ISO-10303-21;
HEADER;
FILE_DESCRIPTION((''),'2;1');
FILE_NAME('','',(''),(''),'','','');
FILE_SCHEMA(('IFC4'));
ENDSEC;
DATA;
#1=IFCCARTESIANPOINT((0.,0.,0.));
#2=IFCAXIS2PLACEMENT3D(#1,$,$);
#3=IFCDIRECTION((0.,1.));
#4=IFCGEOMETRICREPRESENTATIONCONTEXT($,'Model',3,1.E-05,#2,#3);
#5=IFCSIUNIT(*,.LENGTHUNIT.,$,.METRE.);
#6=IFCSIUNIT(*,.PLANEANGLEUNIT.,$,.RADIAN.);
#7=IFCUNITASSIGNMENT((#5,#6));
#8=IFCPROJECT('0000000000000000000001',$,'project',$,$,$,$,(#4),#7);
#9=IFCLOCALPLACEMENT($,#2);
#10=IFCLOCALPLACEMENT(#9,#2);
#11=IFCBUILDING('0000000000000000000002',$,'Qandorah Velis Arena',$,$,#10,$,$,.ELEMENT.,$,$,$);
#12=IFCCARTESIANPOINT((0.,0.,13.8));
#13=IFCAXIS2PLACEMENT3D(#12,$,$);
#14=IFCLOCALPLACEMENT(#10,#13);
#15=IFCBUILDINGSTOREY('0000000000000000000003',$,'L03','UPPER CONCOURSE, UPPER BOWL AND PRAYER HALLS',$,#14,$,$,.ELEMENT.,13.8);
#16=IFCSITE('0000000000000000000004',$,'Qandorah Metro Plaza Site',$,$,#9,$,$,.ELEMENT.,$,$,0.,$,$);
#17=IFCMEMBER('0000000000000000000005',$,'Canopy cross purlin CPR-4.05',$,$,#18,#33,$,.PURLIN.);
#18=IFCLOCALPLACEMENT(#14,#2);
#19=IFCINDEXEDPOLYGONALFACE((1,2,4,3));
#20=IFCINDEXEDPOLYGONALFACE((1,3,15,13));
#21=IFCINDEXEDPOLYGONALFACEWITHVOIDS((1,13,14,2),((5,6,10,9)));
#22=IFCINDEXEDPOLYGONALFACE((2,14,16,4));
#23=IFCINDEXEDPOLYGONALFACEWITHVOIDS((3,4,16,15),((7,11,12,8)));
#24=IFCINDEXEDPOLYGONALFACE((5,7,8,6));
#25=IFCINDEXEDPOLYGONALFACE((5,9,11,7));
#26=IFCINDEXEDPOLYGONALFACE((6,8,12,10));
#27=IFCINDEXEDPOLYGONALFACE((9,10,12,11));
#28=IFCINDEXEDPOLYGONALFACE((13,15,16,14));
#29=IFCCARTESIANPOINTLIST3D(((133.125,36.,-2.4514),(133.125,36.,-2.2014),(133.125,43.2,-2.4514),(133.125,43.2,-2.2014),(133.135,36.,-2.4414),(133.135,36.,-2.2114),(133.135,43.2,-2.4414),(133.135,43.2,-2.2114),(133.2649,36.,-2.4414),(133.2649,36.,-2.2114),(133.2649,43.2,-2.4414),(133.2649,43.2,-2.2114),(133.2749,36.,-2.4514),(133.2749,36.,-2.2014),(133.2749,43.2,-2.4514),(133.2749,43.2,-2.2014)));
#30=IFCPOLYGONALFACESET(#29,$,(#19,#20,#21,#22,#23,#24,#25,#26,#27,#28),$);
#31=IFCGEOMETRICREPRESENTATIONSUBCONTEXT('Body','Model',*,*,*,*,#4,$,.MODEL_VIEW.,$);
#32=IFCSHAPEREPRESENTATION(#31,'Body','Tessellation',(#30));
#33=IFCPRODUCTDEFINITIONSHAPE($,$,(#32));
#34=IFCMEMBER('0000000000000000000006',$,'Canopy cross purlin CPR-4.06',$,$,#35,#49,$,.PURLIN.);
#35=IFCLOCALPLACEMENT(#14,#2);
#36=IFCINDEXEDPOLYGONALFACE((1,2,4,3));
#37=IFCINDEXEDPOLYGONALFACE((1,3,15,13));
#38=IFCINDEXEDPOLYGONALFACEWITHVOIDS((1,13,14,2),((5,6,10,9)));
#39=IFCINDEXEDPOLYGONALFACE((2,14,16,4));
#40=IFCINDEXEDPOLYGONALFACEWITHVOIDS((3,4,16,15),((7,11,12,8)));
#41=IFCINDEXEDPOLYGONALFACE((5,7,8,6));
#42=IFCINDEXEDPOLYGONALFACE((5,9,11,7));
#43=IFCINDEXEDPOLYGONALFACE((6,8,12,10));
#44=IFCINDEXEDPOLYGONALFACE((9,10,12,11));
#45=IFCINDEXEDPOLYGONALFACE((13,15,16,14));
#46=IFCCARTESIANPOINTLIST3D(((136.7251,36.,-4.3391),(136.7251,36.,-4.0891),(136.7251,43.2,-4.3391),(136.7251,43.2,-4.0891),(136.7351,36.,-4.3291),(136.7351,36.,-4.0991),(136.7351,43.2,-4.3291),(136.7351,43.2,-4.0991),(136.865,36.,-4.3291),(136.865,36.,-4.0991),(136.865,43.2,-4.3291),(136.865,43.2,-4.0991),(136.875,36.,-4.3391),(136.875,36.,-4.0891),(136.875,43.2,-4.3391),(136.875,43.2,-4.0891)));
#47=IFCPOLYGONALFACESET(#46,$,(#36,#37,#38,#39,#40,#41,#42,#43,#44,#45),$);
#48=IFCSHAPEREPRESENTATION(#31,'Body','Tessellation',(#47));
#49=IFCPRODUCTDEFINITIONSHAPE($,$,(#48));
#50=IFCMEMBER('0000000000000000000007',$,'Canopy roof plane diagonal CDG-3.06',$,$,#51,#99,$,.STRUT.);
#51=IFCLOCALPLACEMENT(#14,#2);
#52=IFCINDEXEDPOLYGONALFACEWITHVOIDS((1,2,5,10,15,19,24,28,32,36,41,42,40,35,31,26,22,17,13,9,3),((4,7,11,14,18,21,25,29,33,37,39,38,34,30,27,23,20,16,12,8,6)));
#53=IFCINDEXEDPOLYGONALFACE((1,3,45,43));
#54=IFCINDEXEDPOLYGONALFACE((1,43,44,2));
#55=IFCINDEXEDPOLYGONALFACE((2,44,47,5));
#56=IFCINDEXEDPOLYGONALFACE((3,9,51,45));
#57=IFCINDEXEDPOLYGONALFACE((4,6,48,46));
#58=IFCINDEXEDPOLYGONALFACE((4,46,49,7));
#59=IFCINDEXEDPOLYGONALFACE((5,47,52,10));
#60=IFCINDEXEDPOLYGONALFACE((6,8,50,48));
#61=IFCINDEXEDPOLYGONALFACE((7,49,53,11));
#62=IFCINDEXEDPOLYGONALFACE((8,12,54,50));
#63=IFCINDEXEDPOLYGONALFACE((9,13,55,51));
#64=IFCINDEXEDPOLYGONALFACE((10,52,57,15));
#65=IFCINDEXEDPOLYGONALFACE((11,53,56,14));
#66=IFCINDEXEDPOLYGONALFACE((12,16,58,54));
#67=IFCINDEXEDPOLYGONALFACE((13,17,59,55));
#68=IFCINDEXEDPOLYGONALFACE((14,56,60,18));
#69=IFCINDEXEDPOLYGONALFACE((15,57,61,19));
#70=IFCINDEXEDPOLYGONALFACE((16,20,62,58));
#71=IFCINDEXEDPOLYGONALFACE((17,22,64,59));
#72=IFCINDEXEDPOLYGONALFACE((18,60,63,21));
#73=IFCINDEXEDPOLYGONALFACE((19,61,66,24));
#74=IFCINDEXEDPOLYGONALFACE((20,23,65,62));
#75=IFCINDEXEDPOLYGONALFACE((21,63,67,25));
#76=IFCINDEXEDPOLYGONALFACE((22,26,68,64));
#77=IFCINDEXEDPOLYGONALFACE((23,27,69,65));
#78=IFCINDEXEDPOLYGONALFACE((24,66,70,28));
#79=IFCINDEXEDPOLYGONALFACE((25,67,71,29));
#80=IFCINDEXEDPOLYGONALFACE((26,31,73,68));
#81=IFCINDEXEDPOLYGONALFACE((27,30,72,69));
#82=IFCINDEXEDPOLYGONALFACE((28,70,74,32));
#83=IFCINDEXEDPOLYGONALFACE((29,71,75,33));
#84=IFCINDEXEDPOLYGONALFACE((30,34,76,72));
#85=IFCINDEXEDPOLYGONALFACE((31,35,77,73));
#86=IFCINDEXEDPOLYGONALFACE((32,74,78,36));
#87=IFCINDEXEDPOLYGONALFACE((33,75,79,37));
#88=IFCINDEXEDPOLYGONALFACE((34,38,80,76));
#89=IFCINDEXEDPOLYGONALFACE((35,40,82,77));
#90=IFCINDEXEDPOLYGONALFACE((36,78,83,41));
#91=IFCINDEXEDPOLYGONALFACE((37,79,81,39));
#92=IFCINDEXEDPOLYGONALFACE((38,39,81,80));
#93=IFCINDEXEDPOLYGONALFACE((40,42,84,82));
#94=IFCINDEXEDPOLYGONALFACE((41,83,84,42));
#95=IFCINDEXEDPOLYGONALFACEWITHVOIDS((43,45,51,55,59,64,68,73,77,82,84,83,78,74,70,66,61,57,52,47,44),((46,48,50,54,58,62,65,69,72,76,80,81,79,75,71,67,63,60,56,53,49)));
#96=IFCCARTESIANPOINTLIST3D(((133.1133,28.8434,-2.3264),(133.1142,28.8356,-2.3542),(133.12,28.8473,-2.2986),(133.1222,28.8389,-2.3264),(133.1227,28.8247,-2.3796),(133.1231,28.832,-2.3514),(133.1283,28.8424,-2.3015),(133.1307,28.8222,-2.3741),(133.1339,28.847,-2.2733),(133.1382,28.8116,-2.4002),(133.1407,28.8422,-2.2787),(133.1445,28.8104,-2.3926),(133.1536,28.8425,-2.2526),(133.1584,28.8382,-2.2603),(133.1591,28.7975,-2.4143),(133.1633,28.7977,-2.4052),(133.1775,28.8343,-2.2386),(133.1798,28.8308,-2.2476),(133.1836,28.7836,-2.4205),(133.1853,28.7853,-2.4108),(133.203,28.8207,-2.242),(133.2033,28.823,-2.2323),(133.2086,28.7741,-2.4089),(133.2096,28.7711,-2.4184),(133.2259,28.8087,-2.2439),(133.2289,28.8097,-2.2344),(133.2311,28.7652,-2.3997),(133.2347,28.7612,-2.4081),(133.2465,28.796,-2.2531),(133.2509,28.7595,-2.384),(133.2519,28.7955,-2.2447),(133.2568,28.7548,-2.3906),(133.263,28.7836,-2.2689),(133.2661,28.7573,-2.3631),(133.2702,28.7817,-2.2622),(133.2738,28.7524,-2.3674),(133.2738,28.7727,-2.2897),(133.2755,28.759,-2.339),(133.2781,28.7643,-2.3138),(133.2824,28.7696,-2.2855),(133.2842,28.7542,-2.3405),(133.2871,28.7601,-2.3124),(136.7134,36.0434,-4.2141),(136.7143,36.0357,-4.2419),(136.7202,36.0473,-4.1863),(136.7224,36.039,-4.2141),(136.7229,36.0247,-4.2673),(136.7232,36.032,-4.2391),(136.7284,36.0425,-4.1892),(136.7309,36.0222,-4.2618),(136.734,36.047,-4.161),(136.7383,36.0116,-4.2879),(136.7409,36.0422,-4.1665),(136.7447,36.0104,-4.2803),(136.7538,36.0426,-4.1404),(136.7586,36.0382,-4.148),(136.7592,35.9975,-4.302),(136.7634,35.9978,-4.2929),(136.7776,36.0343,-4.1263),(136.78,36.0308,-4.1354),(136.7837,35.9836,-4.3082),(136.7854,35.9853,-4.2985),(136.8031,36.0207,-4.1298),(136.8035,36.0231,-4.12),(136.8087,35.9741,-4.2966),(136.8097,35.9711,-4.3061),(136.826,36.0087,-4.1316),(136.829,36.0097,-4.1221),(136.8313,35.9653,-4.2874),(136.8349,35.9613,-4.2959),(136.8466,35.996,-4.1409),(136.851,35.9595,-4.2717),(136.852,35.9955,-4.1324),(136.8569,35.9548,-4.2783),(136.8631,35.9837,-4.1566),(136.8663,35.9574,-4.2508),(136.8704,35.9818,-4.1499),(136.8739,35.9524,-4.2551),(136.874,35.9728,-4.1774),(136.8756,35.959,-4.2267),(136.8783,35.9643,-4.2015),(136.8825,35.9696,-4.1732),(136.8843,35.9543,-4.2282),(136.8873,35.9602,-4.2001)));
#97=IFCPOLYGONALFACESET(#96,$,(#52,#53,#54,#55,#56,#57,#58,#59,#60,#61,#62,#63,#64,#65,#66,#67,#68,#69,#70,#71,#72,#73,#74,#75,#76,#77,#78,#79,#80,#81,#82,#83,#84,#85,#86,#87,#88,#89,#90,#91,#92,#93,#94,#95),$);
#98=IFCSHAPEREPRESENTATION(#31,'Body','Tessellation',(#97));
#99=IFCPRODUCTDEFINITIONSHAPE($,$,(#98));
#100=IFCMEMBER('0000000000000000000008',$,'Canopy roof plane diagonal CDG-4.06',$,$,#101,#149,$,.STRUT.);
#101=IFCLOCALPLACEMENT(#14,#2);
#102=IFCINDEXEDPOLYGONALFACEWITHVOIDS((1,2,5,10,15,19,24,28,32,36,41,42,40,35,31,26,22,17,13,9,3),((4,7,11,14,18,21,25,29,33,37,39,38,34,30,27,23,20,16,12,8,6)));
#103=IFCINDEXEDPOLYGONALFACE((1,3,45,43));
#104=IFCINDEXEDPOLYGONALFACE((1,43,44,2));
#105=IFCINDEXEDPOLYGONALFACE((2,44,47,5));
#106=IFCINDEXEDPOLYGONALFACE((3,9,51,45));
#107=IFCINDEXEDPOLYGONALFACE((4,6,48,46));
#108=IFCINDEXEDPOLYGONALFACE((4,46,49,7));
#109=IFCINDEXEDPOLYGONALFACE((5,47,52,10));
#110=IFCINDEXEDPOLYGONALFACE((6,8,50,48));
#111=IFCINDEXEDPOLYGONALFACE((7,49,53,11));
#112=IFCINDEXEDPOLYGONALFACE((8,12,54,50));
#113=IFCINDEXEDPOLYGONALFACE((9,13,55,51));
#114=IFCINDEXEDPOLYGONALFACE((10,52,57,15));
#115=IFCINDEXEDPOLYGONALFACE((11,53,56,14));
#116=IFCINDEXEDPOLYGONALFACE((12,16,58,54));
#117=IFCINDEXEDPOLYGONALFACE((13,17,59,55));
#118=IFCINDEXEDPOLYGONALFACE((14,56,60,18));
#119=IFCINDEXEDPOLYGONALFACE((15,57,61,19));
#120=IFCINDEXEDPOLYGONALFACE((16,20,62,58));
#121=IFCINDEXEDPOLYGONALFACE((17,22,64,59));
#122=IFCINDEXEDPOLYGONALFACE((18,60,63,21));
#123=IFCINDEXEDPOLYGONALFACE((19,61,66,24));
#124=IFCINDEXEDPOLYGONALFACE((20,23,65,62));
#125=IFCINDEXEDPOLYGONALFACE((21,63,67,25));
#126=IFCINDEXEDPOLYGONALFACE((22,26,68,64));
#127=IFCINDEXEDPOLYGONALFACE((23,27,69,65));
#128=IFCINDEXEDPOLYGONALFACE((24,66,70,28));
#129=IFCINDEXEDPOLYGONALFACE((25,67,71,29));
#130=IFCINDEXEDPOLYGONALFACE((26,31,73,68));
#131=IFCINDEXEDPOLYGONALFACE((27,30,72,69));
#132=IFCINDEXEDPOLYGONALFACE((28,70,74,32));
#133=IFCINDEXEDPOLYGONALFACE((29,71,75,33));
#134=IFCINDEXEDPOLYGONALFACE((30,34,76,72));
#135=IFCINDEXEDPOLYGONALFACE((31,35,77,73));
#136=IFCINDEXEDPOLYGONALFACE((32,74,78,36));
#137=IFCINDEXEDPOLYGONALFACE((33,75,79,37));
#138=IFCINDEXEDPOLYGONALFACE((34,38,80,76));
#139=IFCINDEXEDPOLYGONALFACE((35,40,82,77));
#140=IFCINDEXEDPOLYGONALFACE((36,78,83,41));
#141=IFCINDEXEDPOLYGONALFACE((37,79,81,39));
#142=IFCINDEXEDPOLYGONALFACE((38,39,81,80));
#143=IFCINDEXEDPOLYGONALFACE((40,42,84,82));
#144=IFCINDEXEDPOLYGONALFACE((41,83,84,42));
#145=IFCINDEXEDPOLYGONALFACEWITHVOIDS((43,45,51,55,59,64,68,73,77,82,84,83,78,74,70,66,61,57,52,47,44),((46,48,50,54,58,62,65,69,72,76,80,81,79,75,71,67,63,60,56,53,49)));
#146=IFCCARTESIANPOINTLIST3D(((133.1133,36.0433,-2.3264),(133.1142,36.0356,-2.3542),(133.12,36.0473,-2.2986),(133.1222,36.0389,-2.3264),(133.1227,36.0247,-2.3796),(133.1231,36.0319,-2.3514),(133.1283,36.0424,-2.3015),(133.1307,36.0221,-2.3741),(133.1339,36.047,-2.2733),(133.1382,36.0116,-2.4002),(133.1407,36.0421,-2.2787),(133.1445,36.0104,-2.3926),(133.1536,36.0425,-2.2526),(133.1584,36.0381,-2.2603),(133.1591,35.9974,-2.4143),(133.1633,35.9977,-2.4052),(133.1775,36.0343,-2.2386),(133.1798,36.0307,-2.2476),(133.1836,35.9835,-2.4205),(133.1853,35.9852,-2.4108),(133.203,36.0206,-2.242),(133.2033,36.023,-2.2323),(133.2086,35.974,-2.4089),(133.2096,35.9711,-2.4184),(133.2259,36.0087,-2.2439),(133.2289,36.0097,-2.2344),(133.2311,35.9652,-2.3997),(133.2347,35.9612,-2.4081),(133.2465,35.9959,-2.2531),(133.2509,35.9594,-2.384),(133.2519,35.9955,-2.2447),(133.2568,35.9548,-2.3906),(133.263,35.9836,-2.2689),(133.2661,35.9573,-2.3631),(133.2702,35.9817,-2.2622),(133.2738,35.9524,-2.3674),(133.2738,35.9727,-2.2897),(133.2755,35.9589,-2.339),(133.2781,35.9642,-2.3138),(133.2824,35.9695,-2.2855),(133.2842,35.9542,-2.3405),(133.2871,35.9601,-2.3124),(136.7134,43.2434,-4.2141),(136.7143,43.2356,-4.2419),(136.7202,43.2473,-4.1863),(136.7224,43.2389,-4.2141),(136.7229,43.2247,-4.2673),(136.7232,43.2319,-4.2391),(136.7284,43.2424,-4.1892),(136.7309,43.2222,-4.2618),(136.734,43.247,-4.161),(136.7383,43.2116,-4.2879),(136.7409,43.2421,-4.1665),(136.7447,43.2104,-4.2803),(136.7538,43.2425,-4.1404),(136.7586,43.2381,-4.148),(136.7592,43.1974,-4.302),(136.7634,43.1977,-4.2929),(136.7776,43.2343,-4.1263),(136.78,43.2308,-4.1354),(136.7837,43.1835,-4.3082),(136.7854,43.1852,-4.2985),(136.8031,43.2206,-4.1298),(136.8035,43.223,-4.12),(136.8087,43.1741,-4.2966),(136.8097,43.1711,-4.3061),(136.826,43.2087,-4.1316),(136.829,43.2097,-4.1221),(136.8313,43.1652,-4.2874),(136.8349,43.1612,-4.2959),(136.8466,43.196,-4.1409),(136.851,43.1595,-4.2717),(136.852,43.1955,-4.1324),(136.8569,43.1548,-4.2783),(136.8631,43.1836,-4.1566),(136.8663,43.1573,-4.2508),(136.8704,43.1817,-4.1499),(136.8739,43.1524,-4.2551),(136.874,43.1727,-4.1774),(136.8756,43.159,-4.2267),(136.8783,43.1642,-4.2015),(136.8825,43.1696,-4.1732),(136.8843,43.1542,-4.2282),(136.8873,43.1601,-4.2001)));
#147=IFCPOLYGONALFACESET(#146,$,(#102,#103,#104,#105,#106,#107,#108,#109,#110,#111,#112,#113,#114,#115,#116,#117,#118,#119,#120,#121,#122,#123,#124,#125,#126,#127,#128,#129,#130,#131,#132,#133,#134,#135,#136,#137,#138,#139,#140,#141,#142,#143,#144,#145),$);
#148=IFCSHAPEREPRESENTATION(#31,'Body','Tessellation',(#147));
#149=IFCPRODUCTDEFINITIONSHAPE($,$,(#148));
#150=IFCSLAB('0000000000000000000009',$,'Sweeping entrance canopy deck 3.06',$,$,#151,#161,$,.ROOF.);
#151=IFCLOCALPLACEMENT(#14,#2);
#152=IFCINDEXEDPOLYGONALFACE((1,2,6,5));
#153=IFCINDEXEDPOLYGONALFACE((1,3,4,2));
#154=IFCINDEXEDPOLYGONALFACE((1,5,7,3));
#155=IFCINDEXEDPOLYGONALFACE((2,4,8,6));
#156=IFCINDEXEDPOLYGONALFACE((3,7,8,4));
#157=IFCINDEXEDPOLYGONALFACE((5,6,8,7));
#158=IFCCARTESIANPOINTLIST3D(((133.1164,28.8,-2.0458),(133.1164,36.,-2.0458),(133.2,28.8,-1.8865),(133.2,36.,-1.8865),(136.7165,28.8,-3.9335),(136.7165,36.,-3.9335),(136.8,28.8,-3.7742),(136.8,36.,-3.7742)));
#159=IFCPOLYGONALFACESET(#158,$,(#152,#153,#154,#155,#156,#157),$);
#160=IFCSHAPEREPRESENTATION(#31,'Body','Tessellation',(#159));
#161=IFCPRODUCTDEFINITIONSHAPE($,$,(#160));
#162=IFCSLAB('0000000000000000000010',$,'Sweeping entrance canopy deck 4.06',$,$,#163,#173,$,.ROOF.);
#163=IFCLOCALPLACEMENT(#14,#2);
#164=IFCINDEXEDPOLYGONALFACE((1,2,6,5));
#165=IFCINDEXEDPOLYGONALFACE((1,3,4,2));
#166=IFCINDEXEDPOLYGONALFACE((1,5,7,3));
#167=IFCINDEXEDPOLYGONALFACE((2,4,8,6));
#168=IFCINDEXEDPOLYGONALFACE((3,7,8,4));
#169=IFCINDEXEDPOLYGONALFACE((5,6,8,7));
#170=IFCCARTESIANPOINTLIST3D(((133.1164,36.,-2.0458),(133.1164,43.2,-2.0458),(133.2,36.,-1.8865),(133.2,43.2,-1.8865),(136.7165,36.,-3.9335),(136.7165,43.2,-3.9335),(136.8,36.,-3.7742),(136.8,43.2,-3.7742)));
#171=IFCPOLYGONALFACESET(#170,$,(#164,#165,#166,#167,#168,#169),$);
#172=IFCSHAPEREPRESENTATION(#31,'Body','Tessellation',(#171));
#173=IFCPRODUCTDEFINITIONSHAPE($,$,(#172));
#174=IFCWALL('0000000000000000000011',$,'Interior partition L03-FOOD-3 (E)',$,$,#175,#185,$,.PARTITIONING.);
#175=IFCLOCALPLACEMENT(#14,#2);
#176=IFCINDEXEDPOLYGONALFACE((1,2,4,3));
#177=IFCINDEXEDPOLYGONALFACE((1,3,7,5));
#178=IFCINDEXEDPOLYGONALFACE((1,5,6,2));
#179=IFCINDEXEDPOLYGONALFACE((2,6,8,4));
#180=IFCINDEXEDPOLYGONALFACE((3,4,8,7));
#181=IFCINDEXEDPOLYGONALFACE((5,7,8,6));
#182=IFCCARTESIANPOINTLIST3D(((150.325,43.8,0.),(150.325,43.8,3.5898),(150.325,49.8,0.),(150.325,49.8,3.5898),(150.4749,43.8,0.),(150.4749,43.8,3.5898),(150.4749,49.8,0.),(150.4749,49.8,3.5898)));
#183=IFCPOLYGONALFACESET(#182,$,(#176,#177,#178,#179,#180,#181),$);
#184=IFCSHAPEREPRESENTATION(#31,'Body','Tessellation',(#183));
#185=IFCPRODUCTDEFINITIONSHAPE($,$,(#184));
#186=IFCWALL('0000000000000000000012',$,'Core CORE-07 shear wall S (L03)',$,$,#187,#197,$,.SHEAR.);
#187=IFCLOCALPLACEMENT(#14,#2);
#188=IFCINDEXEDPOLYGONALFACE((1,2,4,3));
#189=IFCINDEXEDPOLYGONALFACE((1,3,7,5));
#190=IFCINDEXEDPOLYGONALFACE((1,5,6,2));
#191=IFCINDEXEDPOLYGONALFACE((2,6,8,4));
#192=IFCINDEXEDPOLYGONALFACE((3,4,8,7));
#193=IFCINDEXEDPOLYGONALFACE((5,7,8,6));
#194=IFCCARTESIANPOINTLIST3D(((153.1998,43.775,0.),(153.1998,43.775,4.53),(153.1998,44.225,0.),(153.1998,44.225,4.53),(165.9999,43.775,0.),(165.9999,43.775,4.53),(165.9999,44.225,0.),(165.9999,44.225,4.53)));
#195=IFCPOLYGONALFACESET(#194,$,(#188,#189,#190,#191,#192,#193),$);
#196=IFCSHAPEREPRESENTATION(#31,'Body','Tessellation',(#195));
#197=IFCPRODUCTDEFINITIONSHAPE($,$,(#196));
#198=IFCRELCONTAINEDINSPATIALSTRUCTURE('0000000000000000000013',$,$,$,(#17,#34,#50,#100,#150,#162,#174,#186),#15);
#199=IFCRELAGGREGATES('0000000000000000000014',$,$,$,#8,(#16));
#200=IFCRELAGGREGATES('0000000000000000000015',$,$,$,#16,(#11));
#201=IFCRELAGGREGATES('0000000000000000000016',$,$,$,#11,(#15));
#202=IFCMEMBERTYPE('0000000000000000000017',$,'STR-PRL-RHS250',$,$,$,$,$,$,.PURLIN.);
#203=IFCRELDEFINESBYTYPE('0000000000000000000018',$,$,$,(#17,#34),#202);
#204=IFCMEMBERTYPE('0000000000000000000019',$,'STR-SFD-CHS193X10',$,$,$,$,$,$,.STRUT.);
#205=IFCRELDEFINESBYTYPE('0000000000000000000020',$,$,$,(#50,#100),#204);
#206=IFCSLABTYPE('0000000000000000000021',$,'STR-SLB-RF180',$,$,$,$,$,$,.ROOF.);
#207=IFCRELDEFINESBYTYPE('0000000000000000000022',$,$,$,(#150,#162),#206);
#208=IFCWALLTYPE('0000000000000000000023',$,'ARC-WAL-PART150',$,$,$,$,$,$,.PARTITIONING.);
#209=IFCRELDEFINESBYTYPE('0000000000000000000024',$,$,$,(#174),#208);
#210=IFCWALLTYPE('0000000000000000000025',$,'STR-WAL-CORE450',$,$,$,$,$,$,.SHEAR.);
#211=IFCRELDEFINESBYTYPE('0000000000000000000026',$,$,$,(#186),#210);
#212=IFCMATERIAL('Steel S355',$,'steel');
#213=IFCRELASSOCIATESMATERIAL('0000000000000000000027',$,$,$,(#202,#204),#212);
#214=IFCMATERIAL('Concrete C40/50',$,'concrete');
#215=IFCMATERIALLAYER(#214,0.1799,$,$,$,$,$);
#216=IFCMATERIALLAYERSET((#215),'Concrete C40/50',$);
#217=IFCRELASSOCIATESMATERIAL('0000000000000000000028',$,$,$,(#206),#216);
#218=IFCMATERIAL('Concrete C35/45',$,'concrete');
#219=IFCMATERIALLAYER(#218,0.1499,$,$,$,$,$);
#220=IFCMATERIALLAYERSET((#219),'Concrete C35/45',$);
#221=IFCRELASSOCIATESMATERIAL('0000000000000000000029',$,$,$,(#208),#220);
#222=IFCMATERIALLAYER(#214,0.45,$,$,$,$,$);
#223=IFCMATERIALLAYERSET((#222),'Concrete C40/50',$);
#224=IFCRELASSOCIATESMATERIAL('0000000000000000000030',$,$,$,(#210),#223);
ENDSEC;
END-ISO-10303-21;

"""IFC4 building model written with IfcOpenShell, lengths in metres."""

from ifc_helpers import new_model, si_unit, direction, frame, frame_2d, origin, origin_2d, place, context, subcontext, project, spatial, polyline, rectangle, hollow_rectangle, hollow_circle, outline, extrude, material, layer, layer_set, material_profile, profile_set, type_object, element, save


model = new_model("IFC4")

# Units and contexts
model_context = context("Model", 3, precision=1e-05, world=origin(), true_north=direction((0.0, 1.0)))
body_context = subcontext(model_context, "Body", "Model", "MODEL_VIEW")
ifc_project = project(units=[si_unit("LENGTHUNIT", "METRE"), si_unit("PLANEANGLEUNIT", "RADIAN")], contexts=[model_context])

# Site, building, storey
site_placement = place(None, origin())
site = spatial("IfcSite", under=ifc_project, at=site_placement, Name="Qandorah Metro Plaza Site", CompositionType="ELEMENT", RefElevation=0.0)
building_placement = place(site_placement, origin())
building = spatial("IfcBuilding", under=site, at=building_placement, Name="Qandorah Velis Arena", CompositionType="ELEMENT")
storey_placement = place(building_placement, frame((0.0, 0.0, 13.8)))
storey = spatial("IfcBuildingStorey", under=building, at=storey_placement, Name="L03", Description="UPPER CONCOURSE, UPPER BOWL AND PRAYER HALLS", CompositionType="ELEMENT", Elevation=13.8)

# Shared definitions
ifc_material_1 = material(Name="Concrete C40/50", Category="concrete")

# Shared definitions
ifc_material_2 = material(Name="Steel S355", Category="steel")

# Members
ifc_material_profile_1 = material_profile(ifc_material_2, hollow_rectangle(XDim=0.1499, YDim=0.25, WallThickness=0.01, at=origin_2d()), Name="RHS 250x150x10")
ifc_profile_set_1 = profile_set([ifc_material_profile_1], Name="Steel S355")
member_type_1 = type_object("IfcMemberType", Name="STR-PRL-RHS250", PredefinedType="PURLIN", material=ifc_profile_set_1)
for number, where, z_axis, x_axis, name in (
    (1, (133.2, 36.0, -2.3264), (0.0, 1.0, 0.0), (-1.0, 0.0, 0.0), "Canopy cross purlin CPR-4.05"),
    (2, (136.8, 36.0, -4.2141), (0.0, 1.0, 0.0), (-1.0, 0.0, 0.0), "Canopy cross purlin CPR-4.06"),
):
    element("IfcMember", number, at=place(storey_placement, frame(where, z_axis=z_axis, x_axis=x_axis)), inside=storey, type_object=member_type_1, Name=name, PredefinedType="PURLIN", context=body_context, shape_type="SweptSolid", body=[
        extrude(hollow_rectangle(XDim=0.1499, YDim=0.25, WallThickness=0.01, at=origin_2d()), origin(), (0.0, 0.0, 1.0), 7.2),
    ])
ifc_material_profile_2 = material_profile(ifc_material_2, hollow_circle(Radius=0.0969, WallThickness=0.01, at=origin_2d()), Name="CHS 193.7x10")
ifc_profile_set_2 = profile_set([ifc_material_profile_2], Name="Steel S355")
member_type_2 = type_object("IfcMemberType", Name="STR-SFD-CHS193X10", PredefinedType="STRUT", material=ifc_profile_set_2)
for number, where, z_axis, x_axis, name in (
    (3, (133.2, 28.8, -2.3264), (0.435414, 0.870799, -0.228307), (-0.894421, 0.447226, 0.0), "Canopy roof plane diagonal CDG-3.06"),
    (4, (133.2, 36.0, -2.3264), (0.435414, 0.870799, -0.228307), (-0.894421, 0.447226, 0.0), "Canopy roof plane diagonal CDG-4.06"),
):
    element("IfcMember", number, at=place(storey_placement, frame(where, z_axis=z_axis, x_axis=x_axis)), inside=storey, type_object=member_type_2, Name=name, PredefinedType="STRUT", context=body_context, shape_type="SweptSolid", body=[
        extrude(hollow_circle(Radius=0.0969, WallThickness=0.01, at=origin_2d()), origin(), (0.0, 0.0, 1.0), 8.2683),
    ])

# Slabs
ifc_layer_1 = layer(ifc_material_1, 0.1799)
ifc_layer_set_1 = layer_set([ifc_layer_1], Name="Concrete C40/50")
slab_type = type_object("IfcSlabType", Name="STR-SLB-RF180", PredefinedType="ROOF", material=ifc_layer_set_1)
for number, where, z_axis, x_axis, name in (
    (5, (133.2, 28.8, -1.8865), (0.464379, 0.0, 0.885636), (0.885636, 0.0, -0.464379), "Sweeping entrance canopy deck 3.06"),
    (6, (133.2, 36.0, -1.8865), (0.464379, 0.0, 0.885636), (0.885636, 0.0, -0.464379), "Sweeping entrance canopy deck 4.06"),
):
    element("IfcSlab", number, at=place(storey_placement, frame(where, z_axis=z_axis, x_axis=x_axis)), inside=storey, type_object=slab_type, Name=name, PredefinedType="ROOF", context=body_context, shape_type="SweptSolid", body=[
        extrude(outline(polyline([(0.0, 0.0), (4.065, 0.0), (4.065, 7.2), (0.0, 7.2), (0.0, 0.0)])), origin(), (0.0, 0.0, -1.0), 0.1799),
    ])

# Walls
ifc_material_3 = material(Name="Concrete C35/45", Category="concrete")
ifc_layer_2 = layer(ifc_material_3, 0.1499)
ifc_layer_set_2 = layer_set([ifc_layer_2], Name="Concrete C35/45")
wall_type_1 = type_object("IfcWallType", Name="ARC-WAL-PART150", PredefinedType="PARTITIONING", material=ifc_layer_set_2)
wall_1_placement = place(storey_placement, frame((150.3999, 43.8, 0.0), z_axis=(0.0, 0.0, 1.0), x_axis=(0.0, 1.0, 0.0)))
element("IfcWall", 7, at=wall_1_placement, inside=storey, type_object=wall_type_1, Name="Interior partition L03-FOOD-3 (E)", PredefinedType="PARTITIONING", context=body_context, shape_type="SweptSolid", body=[
    extrude(rectangle(XDim=6.0, YDim=0.1499, at=frame_2d((3.0, 0.0))), origin(), (0.0, 0.0, 1.0), 3.5898),
])
ifc_layer_3 = layer(ifc_material_1, 0.45)
ifc_layer_set_3 = layer_set([ifc_layer_3], Name="Concrete C40/50")
wall_type_2 = type_object("IfcWallType", Name="STR-WAL-CORE450", PredefinedType="SHEAR", material=ifc_layer_set_3)
wall_2_placement = place(storey_placement, frame((153.2, 44.0, 0.0), z_axis=(0.0, 0.0, 1.0), x_axis=(1.0, 0.0, 0.0)))
element("IfcWall", 8, at=wall_2_placement, inside=storey, type_object=wall_type_2, Name="Core CORE-07 shear wall S (L03)", PredefinedType="SHEAR", context=body_context, shape_type="SweptSolid", body=[
    extrude(rectangle(XDim=12.8, YDim=0.45, at=frame_2d((6.3999, 0.0))), origin(), (0.0, 0.0, 1.0), 4.53),
])

save(model, "model.ifc")
